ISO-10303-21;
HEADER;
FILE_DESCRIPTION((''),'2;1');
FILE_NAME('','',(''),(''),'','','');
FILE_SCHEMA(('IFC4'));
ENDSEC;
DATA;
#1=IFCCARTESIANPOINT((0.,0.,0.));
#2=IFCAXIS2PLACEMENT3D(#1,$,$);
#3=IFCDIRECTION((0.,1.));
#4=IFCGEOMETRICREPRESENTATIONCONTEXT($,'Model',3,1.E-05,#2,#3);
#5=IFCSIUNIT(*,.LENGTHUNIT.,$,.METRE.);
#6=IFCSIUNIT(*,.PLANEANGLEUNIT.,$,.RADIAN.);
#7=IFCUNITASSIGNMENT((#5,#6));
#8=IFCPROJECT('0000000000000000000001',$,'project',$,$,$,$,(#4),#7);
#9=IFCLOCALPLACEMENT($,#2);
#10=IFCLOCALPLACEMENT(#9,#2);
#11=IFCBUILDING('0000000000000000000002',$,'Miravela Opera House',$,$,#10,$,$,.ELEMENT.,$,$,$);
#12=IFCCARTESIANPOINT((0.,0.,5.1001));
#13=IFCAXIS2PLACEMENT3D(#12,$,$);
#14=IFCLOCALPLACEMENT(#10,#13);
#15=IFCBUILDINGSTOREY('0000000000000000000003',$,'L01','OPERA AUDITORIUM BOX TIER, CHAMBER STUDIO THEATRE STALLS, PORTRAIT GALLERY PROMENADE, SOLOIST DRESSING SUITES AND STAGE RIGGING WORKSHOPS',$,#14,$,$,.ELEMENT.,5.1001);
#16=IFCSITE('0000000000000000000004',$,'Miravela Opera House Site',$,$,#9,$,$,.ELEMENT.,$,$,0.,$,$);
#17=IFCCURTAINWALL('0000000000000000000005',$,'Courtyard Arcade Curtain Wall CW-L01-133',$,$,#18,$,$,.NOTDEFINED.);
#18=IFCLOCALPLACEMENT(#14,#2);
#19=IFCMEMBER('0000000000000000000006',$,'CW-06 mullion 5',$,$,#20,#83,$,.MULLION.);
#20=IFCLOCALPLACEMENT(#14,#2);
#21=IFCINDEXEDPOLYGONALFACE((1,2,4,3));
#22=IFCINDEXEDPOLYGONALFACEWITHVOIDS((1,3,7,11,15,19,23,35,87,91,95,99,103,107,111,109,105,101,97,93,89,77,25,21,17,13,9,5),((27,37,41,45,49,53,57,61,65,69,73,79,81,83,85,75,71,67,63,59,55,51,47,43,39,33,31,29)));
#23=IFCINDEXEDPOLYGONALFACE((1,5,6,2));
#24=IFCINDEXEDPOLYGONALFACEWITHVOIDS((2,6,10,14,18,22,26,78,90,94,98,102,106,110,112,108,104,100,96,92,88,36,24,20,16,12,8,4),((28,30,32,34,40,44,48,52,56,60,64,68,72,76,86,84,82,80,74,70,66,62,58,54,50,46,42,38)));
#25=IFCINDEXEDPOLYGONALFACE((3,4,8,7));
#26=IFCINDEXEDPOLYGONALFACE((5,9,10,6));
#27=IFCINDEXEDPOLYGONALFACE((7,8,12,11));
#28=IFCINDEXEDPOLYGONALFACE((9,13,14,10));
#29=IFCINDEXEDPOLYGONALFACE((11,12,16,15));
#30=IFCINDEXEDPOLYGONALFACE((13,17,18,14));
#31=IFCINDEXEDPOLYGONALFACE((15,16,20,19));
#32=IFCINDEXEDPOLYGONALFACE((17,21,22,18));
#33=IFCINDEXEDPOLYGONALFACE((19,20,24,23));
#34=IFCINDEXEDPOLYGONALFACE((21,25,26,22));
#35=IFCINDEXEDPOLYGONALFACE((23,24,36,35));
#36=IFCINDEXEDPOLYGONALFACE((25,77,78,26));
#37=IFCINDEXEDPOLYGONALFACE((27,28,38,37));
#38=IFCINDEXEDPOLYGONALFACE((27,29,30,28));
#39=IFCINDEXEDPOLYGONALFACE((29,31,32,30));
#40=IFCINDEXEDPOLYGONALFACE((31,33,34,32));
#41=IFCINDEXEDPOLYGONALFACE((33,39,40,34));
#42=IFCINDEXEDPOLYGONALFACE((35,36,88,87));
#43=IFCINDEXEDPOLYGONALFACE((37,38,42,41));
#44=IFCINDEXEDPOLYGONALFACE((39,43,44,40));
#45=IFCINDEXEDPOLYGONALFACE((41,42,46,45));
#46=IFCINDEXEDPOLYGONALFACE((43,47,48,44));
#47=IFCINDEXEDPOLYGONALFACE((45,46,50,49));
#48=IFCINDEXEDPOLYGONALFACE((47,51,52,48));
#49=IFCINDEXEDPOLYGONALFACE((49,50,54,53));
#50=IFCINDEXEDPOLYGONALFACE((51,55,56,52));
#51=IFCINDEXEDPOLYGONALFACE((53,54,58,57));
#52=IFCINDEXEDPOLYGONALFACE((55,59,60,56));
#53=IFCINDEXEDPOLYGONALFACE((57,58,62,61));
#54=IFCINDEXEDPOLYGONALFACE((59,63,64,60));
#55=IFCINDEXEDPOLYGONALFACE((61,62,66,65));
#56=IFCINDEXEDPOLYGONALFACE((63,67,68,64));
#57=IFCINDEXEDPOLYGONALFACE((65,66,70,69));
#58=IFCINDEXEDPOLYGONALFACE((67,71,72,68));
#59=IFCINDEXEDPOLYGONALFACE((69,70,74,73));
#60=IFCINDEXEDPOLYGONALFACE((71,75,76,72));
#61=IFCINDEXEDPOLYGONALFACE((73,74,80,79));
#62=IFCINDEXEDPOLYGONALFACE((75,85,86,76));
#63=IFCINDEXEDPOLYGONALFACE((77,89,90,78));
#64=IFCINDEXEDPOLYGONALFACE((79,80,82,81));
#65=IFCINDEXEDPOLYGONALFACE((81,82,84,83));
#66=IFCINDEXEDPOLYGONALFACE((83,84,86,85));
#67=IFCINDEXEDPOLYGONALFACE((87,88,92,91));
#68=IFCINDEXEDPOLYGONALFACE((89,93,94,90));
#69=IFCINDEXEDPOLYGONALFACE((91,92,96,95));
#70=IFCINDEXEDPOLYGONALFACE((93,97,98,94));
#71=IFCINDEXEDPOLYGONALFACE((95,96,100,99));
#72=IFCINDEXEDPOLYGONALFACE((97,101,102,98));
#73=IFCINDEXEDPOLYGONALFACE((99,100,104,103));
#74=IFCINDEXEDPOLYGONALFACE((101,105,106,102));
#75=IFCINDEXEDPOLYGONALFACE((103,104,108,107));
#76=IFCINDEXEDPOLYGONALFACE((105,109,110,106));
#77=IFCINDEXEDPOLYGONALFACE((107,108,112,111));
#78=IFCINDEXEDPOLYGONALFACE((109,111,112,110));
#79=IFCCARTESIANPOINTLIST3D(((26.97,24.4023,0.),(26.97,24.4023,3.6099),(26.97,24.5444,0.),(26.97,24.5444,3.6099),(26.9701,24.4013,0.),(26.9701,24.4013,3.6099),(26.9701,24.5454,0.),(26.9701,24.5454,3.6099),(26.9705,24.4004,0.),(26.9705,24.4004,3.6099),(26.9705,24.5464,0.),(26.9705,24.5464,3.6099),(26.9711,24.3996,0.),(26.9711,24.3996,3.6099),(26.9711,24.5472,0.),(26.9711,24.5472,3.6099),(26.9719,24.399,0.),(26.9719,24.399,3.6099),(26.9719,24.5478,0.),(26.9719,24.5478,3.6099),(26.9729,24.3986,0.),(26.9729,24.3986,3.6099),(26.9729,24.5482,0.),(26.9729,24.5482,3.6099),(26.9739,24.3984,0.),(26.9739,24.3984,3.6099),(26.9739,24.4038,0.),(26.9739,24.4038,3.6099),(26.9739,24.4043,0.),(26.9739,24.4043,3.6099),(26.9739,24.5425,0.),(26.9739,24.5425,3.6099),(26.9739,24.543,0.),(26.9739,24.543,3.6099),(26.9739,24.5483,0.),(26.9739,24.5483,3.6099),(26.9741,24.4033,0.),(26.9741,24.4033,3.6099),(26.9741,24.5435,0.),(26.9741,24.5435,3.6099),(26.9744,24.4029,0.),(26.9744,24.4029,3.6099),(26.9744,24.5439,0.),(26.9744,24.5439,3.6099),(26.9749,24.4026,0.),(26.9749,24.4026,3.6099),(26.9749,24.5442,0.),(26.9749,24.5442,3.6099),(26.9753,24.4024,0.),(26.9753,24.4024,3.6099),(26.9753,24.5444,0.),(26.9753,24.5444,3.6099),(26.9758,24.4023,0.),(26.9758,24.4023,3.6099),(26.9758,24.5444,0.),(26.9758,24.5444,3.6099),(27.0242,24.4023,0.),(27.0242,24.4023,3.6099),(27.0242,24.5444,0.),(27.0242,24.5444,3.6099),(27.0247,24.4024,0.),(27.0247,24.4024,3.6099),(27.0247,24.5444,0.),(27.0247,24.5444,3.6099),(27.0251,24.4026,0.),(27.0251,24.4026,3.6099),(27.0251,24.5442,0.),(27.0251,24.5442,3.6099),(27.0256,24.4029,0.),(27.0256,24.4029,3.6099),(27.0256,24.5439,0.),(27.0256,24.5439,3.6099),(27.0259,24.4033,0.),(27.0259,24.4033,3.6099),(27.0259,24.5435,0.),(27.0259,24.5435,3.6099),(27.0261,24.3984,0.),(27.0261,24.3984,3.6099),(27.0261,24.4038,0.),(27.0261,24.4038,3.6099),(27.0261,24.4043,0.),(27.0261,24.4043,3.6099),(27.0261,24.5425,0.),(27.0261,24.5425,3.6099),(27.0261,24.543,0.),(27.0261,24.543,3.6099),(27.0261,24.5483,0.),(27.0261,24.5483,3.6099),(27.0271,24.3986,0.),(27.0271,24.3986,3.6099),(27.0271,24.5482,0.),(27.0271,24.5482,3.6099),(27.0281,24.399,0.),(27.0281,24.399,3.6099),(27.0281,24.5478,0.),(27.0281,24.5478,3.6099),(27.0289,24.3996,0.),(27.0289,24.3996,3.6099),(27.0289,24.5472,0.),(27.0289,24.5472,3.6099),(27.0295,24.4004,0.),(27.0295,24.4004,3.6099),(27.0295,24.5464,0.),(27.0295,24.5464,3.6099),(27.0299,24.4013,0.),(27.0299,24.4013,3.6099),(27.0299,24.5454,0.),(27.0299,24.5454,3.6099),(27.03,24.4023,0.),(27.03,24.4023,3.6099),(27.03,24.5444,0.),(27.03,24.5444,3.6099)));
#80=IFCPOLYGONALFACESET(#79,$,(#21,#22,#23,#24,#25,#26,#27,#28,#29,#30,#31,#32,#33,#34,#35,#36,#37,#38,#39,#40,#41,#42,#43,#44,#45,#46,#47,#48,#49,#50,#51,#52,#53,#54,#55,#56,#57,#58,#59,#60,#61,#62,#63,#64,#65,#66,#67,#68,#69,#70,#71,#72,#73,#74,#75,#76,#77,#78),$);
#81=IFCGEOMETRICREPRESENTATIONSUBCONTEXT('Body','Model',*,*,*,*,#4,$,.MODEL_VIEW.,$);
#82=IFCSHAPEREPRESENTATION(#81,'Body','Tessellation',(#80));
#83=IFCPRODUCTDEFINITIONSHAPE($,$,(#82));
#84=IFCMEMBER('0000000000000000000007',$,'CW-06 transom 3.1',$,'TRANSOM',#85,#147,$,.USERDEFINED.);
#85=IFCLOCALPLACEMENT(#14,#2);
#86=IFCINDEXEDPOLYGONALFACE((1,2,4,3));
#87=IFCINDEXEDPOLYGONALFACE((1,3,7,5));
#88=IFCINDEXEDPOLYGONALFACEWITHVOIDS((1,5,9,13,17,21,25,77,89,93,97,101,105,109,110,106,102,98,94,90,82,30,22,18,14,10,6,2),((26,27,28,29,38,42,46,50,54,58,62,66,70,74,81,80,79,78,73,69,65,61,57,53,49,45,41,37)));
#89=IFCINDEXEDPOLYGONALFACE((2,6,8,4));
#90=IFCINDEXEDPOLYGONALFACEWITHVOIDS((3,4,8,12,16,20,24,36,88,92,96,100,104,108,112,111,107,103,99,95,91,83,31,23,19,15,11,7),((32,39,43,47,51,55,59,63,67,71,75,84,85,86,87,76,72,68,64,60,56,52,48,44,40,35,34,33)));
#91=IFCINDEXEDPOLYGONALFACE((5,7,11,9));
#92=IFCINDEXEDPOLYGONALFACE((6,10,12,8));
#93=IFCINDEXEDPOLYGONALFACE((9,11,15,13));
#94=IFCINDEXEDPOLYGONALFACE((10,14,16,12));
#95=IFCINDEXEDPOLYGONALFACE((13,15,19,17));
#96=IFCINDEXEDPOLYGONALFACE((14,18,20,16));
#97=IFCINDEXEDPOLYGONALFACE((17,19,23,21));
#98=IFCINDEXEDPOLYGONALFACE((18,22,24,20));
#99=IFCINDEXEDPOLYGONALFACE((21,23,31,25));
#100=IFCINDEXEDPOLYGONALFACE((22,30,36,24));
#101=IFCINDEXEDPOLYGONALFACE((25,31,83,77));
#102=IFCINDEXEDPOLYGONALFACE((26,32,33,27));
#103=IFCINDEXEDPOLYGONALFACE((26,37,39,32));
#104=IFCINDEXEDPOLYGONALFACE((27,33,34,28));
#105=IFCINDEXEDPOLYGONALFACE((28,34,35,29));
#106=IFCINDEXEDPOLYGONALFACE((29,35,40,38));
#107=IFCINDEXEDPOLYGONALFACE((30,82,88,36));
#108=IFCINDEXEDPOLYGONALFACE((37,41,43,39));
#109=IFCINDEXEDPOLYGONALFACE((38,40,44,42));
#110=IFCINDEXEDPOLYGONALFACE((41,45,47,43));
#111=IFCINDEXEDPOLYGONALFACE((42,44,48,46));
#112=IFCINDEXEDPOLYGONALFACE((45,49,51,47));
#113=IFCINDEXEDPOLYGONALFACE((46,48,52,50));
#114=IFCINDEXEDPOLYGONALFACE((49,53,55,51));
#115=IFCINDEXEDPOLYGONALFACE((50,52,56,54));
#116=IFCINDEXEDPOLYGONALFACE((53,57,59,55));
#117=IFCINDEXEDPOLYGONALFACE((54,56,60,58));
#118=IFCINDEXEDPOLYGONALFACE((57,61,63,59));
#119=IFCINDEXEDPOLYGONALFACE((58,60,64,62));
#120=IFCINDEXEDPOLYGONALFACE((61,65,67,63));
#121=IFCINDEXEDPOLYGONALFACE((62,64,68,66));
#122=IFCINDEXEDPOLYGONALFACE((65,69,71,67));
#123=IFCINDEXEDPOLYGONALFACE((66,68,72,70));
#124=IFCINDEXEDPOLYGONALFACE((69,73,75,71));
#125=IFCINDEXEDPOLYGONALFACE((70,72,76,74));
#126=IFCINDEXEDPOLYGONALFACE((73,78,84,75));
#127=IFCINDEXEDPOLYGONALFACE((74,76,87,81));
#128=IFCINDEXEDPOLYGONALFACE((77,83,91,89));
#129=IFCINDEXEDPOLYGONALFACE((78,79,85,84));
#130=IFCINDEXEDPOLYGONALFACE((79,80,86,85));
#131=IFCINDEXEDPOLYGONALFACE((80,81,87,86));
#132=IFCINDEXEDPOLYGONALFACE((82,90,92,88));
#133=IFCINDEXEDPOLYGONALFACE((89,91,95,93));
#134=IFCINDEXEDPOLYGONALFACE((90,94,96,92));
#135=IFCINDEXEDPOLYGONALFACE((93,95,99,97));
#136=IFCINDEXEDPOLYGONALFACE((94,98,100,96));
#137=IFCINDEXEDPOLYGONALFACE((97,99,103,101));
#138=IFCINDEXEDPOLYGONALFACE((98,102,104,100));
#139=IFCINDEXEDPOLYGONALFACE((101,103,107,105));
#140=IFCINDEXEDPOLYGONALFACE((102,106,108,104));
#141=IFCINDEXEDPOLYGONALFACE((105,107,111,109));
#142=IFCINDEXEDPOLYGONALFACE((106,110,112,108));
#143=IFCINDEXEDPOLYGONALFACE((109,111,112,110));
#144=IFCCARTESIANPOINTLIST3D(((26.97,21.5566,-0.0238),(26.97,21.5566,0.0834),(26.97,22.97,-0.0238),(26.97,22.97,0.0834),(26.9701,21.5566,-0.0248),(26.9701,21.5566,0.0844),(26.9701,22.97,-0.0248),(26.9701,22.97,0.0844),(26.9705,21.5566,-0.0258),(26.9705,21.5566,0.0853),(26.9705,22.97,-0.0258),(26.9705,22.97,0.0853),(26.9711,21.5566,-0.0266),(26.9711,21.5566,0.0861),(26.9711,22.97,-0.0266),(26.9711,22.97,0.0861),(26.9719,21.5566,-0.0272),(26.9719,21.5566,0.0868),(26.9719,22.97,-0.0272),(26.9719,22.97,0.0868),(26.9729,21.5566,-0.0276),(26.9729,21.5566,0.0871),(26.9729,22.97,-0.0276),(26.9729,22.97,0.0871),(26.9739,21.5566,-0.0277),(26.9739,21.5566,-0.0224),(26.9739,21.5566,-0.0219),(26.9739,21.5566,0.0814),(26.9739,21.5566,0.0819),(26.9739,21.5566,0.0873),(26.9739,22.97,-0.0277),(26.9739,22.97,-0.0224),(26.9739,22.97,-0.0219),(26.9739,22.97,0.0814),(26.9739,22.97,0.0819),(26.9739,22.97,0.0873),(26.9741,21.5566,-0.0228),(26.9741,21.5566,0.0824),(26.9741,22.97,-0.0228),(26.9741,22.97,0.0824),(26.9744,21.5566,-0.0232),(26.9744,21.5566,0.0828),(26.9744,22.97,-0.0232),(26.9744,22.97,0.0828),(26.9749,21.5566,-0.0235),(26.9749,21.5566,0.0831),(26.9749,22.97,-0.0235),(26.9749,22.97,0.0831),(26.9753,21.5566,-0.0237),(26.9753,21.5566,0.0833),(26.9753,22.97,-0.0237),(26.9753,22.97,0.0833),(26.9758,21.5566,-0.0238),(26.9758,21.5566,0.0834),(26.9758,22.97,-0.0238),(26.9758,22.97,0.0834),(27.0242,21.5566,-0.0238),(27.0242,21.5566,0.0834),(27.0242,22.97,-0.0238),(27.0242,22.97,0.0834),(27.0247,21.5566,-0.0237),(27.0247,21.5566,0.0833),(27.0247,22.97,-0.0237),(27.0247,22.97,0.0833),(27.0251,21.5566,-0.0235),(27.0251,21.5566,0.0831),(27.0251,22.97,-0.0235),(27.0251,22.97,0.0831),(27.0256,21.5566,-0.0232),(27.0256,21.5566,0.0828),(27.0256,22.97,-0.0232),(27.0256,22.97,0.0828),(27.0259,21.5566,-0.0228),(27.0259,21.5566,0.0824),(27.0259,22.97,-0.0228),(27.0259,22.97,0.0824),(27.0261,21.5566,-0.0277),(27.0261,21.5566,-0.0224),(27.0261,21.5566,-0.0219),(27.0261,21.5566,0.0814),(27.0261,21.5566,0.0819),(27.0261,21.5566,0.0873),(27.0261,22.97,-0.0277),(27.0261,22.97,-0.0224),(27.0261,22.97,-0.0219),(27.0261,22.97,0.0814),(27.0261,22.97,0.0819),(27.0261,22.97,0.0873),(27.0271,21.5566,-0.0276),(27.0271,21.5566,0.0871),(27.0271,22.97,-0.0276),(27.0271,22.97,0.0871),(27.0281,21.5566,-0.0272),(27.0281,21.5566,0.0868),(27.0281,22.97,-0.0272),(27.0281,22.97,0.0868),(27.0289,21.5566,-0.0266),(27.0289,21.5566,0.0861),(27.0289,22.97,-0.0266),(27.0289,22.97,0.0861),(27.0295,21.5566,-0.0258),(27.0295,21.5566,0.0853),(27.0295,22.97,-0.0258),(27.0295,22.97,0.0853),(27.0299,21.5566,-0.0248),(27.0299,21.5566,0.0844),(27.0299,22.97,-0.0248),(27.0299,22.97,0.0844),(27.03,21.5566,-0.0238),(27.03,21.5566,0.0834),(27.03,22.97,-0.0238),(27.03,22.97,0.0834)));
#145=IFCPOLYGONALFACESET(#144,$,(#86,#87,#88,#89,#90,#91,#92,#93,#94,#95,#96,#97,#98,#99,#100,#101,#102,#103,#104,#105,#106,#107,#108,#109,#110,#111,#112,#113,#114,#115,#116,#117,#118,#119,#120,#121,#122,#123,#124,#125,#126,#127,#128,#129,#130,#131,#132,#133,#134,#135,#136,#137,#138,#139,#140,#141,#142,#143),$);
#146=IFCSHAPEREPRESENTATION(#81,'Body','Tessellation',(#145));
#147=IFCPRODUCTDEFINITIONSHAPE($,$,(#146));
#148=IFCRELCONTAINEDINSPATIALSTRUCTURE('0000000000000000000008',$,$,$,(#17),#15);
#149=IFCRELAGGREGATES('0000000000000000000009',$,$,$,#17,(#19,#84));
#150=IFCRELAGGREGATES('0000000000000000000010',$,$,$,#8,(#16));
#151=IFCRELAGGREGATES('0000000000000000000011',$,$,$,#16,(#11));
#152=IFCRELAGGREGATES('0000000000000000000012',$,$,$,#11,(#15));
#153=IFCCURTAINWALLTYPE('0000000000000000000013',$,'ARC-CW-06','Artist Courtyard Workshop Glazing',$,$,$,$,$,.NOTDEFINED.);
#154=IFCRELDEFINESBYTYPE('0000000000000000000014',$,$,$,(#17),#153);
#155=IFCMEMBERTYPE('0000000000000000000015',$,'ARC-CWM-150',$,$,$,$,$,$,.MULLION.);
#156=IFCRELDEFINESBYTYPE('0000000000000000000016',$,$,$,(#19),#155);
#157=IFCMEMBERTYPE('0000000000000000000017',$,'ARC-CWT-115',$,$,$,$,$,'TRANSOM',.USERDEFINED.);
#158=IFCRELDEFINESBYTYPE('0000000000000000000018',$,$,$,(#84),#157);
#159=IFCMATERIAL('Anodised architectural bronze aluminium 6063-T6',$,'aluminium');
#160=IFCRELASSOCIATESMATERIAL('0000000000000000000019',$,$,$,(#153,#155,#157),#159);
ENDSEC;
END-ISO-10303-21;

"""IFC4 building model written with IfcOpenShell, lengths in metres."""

from ifc_helpers import new_model, si_unit, direction, frame, origin, origin_2d, place, context, subcontext, project, spatial, hollow_rectangle, extrude, material, material_profile, profile_set, type_object, element, aggregate, save


model = new_model("IFC4")

# Units and contexts
model_context = context("Model", 3, precision=1e-05, world=origin(), true_north=direction((0.0, 1.0)))
body_context = subcontext(model_context, "Body", "Model", "MODEL_VIEW")
ifc_project = project(units=[si_unit("LENGTHUNIT", "METRE"), si_unit("PLANEANGLEUNIT", "RADIAN")], contexts=[model_context])

# Site, building, storey
site_placement = place(None, origin())
site = spatial("IfcSite", under=ifc_project, at=site_placement, Name="Miravela Opera House Site", CompositionType="ELEMENT", RefElevation=0.0)
building_placement = place(site_placement, origin())
building = spatial("IfcBuilding", under=site, at=building_placement, Name="Miravela Opera House", CompositionType="ELEMENT")
storey_placement = place(building_placement, frame((0.0, 0.0, 5.1001)))
storey = spatial("IfcBuildingStorey", under=building, at=storey_placement, Name="L01", Description="OPERA AUDITORIUM BOX TIER, CHAMBER STUDIO THEATRE STALLS, PORTRAIT GALLERY PROMENADE, SOLOIST DRESSING SUITES AND STAGE RIGGING WORKSHOPS", CompositionType="ELEMENT", Elevation=5.1001)

# Curtain wall, members
ifc_material_1 = material(Name="Anodised architectural bronze aluminium 6063-T6", Category="aluminium")
curtain_wall_type = type_object("IfcCurtainWallType", Name="ARC-CW-06", Description="Artist Courtyard Workshop Glazing", PredefinedType="NOTDEFINED", material=ifc_material_1)
curtain_wall_placement = place(storey_placement, origin())
curtain_wall = element("IfcCurtainWall", 1, at=curtain_wall_placement, inside=storey, type_object=curtain_wall_type, Name="Courtyard Arcade Curtain Wall CW-L01-133", PredefinedType="NOTDEFINED")
ifc_material_profile_1 = material_profile(ifc_material_1, hollow_rectangle(XDim=0.0601, YDim=0.1499, WallThickness=0.0039, InnerFilletRadius=0.002, OuterFilletRadius=0.0039, at=origin_2d()), Name="CWM-60X150")
ifc_profile_set_1 = profile_set([ifc_material_profile_1])
member_type_1 = type_object("IfcMemberType", Name="ARC-CWM-150", PredefinedType="MULLION", material=ifc_profile_set_1)
member_1_placement = place(storey_placement, frame((27.0, 24.4734, 0.0), z_axis=(0.0, 0.0, 1.0), x_axis=(-1.0, 0.0, 0.0)))
member_1 = element("IfcMember", 2, at=member_1_placement, type_object=member_type_1, Name="CW-06 mullion 5", PredefinedType="MULLION", context=body_context, shape_type="SweptSolid", body=[
    extrude(hollow_rectangle(XDim=0.0601, YDim=0.1499, WallThickness=0.0039, InnerFilletRadius=0.002, OuterFilletRadius=0.0039, at=origin_2d()), origin(), (0.0, 0.0, 1.0), 3.6099),
])
ifc_material_profile_2 = material_profile(ifc_material_1, hollow_rectangle(XDim=0.0601, YDim=0.115, WallThickness=0.0039, InnerFilletRadius=0.002, OuterFilletRadius=0.0039, at=origin_2d()), Name="CWT-60X115")
ifc_profile_set_2 = profile_set([ifc_material_profile_2])
member_type_2 = type_object("IfcMemberType", Name="ARC-CWT-115", ElementType="TRANSOM", PredefinedType="USERDEFINED", material=ifc_profile_set_2)
member_2_placement = place(storey_placement, frame((27.0, 21.5566, 0.0298), z_axis=(0.0, 1.0, 0.0), x_axis=(-1.0, 0.0, 0.0)))
member_2 = element("IfcMember", 3, at=member_2_placement, type_object=member_type_2, Name="CW-06 transom 3.1", ObjectType="TRANSOM", PredefinedType="USERDEFINED", context=body_context, shape_type="SweptSolid", body=[
    extrude(hollow_rectangle(XDim=0.0601, YDim=0.115, WallThickness=0.0039, InnerFilletRadius=0.002, OuterFilletRadius=0.0039, at=origin_2d()), origin(), (0.0, 0.0, 1.0), 1.4133),
])
aggregate(curtain_wall, [member_1, member_2])

save(model, "model.ifc")
